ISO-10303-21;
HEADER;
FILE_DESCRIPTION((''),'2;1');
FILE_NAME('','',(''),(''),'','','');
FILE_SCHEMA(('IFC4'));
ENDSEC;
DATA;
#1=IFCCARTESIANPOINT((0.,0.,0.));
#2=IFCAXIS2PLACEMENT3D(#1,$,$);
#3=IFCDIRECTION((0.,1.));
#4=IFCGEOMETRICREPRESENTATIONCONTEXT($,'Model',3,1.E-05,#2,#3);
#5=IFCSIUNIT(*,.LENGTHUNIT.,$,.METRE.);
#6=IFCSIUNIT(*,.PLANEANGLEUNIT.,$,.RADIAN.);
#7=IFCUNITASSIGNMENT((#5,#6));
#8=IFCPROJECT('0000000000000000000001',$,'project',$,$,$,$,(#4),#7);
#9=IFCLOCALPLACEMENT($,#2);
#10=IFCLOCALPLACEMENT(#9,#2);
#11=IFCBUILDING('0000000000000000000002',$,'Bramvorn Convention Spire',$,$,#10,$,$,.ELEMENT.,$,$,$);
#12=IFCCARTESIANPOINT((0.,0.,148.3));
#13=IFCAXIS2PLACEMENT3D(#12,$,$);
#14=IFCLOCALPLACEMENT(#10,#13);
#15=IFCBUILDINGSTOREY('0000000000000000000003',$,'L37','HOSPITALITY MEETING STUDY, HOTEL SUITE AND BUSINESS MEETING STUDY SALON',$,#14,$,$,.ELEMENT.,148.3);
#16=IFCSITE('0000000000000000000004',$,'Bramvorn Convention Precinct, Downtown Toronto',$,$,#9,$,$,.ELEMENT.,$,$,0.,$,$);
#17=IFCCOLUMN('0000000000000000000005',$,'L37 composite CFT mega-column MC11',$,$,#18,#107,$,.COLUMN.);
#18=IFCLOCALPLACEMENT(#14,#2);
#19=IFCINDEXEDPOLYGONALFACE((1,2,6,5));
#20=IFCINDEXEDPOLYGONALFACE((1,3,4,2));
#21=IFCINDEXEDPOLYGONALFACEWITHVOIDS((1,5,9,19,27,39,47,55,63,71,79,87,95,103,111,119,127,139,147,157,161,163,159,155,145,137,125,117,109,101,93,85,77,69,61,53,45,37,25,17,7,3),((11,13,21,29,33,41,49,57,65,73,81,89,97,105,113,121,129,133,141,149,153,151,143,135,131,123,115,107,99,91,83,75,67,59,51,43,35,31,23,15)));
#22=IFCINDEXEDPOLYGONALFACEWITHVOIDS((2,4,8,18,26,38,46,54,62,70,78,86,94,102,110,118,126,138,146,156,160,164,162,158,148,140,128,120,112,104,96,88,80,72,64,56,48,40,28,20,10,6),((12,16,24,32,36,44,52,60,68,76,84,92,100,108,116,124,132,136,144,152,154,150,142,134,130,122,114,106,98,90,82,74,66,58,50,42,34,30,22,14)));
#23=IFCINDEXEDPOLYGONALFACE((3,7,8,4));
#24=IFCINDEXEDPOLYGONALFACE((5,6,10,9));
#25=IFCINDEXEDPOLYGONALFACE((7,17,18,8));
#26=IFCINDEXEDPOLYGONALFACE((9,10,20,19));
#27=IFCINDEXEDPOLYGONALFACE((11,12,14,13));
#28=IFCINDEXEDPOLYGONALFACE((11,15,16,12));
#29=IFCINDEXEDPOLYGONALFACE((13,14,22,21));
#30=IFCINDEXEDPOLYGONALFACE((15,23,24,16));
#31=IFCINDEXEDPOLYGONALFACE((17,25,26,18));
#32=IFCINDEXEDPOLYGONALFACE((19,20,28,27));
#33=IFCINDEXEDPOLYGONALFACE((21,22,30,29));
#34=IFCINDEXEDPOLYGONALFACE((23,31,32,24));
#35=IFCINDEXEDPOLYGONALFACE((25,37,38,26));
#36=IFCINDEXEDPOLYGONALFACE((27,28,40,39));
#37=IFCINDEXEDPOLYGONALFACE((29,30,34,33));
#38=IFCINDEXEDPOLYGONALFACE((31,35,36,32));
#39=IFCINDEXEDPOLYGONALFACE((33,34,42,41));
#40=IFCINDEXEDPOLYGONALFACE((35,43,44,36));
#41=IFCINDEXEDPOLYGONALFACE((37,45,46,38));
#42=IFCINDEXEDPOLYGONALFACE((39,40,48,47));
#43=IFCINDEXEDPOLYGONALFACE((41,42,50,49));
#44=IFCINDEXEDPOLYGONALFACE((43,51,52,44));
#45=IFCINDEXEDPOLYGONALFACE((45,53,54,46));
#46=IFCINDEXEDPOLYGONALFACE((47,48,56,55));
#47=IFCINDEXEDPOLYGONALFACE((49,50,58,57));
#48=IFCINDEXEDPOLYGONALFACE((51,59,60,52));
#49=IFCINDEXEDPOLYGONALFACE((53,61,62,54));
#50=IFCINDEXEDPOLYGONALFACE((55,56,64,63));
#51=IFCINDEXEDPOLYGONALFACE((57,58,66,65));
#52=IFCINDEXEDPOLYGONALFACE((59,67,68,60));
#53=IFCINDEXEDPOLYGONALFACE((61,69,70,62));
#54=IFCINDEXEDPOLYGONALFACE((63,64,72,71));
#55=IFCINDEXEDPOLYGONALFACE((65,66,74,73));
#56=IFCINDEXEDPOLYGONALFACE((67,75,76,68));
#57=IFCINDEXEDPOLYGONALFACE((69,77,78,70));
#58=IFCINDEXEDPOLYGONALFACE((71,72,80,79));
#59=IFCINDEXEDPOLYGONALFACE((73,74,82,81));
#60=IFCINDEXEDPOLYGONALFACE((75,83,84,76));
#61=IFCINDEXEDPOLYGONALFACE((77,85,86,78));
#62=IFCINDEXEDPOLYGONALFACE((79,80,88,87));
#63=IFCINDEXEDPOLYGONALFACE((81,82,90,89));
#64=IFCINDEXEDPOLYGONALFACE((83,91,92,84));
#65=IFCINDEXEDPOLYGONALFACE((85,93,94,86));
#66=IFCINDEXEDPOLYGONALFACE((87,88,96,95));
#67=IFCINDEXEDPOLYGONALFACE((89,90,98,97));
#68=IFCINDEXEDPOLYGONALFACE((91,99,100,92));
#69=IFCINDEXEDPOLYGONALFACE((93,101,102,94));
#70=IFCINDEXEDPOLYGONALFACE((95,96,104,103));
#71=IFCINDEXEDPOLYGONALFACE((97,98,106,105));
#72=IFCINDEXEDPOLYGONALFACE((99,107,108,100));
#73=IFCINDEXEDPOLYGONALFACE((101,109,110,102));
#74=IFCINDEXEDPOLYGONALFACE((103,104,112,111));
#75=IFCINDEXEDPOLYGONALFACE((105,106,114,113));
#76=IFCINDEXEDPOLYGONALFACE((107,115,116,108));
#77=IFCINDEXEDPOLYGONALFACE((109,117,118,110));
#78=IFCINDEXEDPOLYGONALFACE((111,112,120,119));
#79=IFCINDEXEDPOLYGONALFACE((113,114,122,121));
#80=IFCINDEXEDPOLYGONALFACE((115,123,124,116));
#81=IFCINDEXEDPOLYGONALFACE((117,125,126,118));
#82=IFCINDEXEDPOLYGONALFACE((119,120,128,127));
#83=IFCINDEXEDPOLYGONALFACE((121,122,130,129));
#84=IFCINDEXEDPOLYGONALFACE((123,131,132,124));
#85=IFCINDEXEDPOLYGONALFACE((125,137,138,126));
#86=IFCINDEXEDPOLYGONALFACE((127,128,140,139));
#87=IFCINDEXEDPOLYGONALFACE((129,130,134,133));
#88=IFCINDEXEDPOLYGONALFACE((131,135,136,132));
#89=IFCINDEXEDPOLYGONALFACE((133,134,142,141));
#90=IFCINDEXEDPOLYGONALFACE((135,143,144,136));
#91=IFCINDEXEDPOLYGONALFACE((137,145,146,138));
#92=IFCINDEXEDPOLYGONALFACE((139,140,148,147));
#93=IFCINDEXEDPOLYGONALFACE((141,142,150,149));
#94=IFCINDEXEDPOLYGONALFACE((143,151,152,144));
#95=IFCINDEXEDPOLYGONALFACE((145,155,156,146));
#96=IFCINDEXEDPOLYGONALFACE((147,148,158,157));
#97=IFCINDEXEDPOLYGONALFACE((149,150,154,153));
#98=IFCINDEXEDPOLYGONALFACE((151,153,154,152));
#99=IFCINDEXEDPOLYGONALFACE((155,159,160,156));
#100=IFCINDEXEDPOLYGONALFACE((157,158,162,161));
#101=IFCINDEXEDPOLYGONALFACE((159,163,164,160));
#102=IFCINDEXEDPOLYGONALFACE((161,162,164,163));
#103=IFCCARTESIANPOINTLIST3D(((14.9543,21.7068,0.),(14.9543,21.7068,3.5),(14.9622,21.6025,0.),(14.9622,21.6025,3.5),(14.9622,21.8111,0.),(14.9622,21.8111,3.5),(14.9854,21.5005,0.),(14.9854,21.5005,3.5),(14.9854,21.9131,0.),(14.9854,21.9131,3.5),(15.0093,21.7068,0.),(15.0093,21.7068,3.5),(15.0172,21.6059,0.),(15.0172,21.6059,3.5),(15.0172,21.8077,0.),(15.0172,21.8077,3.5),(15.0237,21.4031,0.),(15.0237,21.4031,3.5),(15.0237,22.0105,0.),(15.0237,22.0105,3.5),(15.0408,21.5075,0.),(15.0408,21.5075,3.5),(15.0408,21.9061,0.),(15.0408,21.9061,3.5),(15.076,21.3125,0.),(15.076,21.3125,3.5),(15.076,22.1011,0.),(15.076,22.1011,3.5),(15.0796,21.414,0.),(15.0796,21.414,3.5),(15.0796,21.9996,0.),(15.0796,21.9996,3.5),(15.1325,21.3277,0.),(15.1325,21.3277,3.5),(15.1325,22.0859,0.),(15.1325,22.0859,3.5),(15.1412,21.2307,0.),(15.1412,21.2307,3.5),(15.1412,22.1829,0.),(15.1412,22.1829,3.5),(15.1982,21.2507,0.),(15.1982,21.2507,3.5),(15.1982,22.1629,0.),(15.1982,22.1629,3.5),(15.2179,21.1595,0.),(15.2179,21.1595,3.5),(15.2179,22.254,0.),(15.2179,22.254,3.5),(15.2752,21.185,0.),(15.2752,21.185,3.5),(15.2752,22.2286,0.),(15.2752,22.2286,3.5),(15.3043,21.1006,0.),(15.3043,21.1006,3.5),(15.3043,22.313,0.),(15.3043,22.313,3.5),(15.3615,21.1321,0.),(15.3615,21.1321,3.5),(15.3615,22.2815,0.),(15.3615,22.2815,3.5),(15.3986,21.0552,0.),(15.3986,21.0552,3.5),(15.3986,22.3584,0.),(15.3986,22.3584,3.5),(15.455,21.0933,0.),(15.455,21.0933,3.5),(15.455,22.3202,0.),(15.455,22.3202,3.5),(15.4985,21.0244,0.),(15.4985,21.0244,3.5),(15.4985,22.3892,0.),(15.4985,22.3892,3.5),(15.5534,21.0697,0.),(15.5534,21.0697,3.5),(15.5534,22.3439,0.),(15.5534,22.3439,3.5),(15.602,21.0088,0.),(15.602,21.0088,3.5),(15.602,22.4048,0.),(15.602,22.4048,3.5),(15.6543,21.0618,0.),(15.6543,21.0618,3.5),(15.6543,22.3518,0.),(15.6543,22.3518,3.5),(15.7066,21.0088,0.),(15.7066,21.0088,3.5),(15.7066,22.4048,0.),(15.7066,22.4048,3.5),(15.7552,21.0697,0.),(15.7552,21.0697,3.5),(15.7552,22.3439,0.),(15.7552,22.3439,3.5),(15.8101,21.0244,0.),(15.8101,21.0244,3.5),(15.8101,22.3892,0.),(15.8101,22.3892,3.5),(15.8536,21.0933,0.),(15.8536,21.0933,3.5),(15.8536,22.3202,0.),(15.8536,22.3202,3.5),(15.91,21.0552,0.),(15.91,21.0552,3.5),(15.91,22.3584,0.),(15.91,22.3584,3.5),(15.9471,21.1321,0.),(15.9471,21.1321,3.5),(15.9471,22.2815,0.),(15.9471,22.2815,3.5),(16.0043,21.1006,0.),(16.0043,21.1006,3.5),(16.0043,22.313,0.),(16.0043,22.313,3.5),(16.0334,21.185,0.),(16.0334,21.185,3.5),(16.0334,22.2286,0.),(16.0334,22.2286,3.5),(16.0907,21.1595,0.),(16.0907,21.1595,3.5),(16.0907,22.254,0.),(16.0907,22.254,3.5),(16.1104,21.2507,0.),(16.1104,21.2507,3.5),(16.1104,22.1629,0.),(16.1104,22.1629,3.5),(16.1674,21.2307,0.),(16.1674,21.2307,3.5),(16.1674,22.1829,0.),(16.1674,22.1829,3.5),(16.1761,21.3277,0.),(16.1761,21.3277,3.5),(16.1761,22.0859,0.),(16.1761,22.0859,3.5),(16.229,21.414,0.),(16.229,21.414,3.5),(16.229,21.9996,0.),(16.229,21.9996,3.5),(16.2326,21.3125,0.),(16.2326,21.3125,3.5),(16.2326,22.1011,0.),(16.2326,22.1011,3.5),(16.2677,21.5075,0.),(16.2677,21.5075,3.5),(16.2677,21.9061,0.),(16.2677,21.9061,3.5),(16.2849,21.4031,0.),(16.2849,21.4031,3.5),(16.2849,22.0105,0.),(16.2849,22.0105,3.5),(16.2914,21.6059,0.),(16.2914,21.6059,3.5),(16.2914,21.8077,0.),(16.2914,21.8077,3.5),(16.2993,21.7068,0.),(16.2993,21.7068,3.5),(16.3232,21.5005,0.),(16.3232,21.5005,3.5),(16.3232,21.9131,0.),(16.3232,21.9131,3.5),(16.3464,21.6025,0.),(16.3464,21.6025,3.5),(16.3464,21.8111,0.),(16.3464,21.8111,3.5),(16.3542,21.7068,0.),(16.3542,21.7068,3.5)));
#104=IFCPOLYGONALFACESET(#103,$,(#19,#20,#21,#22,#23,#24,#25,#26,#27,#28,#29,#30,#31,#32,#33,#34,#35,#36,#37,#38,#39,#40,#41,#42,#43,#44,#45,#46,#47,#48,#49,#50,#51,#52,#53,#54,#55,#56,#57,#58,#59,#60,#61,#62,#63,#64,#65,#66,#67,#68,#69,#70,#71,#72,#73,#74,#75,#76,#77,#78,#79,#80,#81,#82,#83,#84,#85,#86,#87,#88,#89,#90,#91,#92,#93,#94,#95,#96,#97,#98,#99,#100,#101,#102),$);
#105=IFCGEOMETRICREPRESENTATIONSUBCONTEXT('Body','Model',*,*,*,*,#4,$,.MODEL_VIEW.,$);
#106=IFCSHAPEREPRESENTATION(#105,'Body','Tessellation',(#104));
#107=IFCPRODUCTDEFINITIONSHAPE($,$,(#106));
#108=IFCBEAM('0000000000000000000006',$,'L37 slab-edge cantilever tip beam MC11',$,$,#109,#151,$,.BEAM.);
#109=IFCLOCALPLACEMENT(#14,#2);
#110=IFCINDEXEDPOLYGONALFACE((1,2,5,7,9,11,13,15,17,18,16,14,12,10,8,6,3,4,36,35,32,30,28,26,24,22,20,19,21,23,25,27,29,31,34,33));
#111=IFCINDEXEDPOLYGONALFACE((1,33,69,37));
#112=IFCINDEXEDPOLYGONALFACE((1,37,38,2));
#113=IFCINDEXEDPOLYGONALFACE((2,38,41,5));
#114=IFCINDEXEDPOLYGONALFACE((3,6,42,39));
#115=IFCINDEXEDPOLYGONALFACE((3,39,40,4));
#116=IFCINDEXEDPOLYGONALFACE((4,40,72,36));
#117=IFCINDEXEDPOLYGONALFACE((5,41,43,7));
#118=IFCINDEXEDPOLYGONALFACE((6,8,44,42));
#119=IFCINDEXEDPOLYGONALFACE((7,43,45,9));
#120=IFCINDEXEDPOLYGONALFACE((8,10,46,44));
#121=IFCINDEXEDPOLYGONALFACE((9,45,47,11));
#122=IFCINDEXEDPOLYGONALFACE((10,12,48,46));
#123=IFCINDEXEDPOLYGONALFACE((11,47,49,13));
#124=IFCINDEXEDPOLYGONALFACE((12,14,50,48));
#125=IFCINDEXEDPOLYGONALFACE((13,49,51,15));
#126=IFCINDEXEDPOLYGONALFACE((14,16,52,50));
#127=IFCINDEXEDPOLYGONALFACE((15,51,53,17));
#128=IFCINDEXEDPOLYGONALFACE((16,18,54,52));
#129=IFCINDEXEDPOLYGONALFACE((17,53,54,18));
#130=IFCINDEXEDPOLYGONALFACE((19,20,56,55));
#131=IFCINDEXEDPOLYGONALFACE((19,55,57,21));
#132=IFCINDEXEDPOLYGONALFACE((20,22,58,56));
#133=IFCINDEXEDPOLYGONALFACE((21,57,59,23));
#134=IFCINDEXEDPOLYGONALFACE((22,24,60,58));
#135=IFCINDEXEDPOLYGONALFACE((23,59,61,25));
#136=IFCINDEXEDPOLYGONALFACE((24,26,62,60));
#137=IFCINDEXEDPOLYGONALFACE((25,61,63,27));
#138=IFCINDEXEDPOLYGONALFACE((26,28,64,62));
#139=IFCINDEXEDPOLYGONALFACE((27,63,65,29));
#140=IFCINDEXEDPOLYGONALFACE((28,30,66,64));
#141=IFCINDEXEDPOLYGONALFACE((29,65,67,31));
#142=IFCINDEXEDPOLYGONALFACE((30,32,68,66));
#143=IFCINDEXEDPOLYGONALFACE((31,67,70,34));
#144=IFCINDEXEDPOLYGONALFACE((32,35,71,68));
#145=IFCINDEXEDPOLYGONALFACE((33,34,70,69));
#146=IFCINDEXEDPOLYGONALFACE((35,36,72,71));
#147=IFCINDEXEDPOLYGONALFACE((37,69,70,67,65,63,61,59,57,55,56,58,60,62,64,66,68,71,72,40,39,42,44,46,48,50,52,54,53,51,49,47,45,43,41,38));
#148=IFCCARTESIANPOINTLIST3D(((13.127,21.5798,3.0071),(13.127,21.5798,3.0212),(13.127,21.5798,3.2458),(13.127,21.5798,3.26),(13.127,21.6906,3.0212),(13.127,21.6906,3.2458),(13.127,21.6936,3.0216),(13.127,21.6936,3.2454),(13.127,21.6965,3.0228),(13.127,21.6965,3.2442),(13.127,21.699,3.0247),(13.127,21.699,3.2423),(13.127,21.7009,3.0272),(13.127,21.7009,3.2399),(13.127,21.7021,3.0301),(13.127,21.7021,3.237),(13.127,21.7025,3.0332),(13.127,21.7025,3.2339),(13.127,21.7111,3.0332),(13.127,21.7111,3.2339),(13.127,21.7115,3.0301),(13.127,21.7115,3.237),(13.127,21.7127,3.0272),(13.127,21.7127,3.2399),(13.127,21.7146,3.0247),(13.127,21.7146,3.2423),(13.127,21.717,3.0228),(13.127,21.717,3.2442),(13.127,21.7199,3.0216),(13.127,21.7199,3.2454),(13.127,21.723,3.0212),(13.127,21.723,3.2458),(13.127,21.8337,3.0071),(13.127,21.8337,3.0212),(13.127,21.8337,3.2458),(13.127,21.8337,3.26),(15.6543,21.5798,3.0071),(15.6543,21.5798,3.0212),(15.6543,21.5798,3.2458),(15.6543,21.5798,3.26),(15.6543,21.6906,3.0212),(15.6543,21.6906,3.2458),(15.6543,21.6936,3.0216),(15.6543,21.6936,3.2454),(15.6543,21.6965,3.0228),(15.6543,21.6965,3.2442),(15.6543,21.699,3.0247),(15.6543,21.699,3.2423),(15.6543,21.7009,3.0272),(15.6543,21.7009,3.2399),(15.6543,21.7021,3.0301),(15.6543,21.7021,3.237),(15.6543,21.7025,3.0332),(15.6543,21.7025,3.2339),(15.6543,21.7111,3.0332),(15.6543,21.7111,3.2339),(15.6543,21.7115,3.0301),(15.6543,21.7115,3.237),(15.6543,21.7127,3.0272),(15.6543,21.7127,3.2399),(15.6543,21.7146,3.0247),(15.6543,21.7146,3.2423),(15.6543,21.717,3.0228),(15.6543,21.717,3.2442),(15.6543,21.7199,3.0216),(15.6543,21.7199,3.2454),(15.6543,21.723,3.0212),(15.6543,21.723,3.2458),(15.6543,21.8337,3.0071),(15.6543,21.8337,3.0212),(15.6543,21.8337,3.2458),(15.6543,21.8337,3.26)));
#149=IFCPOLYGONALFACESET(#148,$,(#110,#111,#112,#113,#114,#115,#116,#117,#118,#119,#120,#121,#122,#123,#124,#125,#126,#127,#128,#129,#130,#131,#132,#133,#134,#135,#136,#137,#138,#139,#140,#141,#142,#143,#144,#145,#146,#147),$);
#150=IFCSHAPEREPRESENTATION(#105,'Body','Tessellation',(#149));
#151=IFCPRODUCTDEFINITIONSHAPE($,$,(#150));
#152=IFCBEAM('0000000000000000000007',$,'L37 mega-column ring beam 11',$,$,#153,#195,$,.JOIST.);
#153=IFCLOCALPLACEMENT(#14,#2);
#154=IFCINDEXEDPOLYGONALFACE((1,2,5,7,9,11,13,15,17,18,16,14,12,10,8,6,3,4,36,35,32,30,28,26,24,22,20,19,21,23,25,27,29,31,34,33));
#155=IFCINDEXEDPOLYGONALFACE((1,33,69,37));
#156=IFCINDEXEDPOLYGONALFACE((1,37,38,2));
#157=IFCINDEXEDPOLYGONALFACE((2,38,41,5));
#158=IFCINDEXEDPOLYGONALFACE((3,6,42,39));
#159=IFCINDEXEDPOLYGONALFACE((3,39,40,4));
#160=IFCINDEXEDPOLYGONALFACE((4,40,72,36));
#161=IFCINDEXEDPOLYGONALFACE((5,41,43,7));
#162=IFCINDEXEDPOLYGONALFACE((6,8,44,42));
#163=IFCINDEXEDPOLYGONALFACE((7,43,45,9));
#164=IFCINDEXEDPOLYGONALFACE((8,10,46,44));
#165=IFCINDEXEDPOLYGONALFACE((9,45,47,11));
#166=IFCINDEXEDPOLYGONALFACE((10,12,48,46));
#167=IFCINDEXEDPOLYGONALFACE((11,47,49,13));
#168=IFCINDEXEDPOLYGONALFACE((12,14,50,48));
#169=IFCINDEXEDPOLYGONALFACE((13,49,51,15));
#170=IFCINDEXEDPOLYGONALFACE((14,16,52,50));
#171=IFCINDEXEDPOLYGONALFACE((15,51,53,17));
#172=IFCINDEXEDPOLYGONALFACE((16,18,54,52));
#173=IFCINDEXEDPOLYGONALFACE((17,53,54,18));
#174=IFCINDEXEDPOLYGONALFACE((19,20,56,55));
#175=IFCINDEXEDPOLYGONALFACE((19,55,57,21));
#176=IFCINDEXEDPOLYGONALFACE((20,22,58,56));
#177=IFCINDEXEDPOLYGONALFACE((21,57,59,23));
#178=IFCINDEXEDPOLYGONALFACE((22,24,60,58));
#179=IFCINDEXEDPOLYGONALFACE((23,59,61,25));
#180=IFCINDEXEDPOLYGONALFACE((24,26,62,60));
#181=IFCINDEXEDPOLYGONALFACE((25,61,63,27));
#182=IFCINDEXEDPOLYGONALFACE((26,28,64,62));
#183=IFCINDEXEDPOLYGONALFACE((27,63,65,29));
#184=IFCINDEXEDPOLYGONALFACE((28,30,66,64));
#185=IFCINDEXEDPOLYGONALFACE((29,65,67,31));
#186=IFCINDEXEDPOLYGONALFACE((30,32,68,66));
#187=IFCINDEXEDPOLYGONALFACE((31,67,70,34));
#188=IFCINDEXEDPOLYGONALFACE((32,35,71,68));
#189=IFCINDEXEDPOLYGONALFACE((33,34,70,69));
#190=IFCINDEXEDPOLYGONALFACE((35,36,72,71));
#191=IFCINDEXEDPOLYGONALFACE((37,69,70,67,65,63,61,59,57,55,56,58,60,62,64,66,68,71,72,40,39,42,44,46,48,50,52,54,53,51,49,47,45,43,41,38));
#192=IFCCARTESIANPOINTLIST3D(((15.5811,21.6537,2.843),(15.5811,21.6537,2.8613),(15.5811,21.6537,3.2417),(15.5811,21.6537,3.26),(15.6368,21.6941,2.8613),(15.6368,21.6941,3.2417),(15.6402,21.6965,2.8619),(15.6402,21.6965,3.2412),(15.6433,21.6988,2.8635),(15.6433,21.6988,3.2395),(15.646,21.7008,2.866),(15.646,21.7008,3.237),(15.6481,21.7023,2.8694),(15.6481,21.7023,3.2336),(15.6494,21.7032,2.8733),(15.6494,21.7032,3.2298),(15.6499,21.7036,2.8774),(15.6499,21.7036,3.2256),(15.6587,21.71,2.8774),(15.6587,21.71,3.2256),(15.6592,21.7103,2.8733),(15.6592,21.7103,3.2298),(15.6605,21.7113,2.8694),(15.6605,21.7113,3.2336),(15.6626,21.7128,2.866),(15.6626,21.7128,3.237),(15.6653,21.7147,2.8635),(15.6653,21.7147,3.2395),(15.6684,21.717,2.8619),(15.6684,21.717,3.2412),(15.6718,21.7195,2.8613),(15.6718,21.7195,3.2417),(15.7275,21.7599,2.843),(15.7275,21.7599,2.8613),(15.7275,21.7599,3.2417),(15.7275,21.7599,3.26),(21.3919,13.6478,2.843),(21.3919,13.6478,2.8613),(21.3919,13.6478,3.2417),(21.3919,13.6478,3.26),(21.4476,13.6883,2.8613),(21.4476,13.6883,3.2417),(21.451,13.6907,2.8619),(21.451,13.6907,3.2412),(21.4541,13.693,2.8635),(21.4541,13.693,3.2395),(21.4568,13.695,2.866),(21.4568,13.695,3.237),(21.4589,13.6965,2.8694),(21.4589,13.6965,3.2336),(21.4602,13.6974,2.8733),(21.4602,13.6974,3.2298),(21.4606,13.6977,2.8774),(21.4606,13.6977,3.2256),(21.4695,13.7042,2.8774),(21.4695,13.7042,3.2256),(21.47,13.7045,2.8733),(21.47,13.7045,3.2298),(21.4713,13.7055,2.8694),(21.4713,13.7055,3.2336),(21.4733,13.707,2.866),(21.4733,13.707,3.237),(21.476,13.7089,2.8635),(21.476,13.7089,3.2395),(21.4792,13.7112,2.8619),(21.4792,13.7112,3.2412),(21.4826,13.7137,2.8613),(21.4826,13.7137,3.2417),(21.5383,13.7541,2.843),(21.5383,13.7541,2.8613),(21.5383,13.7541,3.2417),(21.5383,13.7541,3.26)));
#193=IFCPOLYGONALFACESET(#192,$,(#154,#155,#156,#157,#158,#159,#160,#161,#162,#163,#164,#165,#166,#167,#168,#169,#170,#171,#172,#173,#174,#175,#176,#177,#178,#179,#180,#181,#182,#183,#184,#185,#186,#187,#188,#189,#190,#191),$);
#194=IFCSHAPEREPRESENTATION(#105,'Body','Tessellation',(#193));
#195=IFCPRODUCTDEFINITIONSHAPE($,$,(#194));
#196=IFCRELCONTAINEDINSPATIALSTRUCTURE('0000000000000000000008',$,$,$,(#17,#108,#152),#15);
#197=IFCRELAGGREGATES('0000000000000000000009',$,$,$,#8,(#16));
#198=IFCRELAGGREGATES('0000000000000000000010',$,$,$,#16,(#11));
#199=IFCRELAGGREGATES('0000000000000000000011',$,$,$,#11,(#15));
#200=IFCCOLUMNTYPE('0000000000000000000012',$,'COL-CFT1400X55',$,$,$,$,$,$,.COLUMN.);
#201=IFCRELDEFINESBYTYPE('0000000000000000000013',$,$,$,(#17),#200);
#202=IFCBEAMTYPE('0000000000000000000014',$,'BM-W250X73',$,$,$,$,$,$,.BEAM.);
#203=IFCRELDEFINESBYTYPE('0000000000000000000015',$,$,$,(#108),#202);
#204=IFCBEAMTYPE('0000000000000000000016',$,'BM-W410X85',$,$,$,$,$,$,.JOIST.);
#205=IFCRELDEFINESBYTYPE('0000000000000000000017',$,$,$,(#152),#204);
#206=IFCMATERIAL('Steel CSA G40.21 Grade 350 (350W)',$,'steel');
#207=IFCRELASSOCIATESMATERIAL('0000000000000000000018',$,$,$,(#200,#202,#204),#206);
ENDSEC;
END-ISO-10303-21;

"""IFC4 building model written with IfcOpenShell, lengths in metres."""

from ifc_helpers import new_model, si_unit, direction, frame, origin, origin_2d, place, context, subcontext, project, spatial, hollow_circle, i_section, extrude, material, material_profile, profile_set, type_object, element, save


model = new_model("IFC4")

# Units and contexts
model_context = context("Model", 3, precision=1e-05, world=origin(), true_north=direction((0.0, 1.0)))
body_context = subcontext(model_context, "Body", "Model", "MODEL_VIEW")
ifc_project = project(units=[si_unit("LENGTHUNIT", "METRE"), si_unit("PLANEANGLEUNIT", "RADIAN")], contexts=[model_context])

# Site, building, storey
site_placement = place(None, origin())
site = spatial("IfcSite", under=ifc_project, at=site_placement, Name="Bramvorn Convention Precinct, Downtown Toronto", CompositionType="ELEMENT", RefElevation=0.0)
building_placement = place(site_placement, origin())
building = spatial("IfcBuilding", under=site, at=building_placement, Name="Bramvorn Convention Spire", CompositionType="ELEMENT")
storey_placement = place(building_placement, frame((0.0, 0.0, 148.3)))
storey = spatial("IfcBuildingStorey", under=building, at=storey_placement, Name="L37", Description="HOSPITALITY MEETING STUDY, HOTEL SUITE AND BUSINESS MEETING STUDY SALON", CompositionType="ELEMENT", Elevation=148.3)

# Column
ifc_material_1 = material(Name="Steel CSA G40.21 Grade 350 (350W)", Category="steel")
ifc_material_profile_1 = material_profile(ifc_material_1, hollow_circle(Radius=0.7, WallThickness=0.0549, at=origin_2d()))
ifc_profile_set_1 = profile_set([ifc_material_profile_1], Name="Steel CSA G40.21 Grade 350 (350W) - CFT1400X55")
column_type = type_object("IfcColumnType", Name="COL-CFT1400X55", PredefinedType="COLUMN", material=ifc_profile_set_1)
column_placement = place(storey_placement, frame((15.6543, 21.7068, 0.0), z_axis=(0.0, 0.0, 1.0), x_axis=(1.0, 0.0, 0.0)))
element("IfcColumn", 1, at=column_placement, inside=storey, type_object=column_type, Name="L37 composite CFT mega-column MC11", PredefinedType="COLUMN", context=body_context, shape_type="SweptSolid", body=[
    extrude(hollow_circle(Radius=0.7, WallThickness=0.0549, at=origin_2d()), origin(), (0.0, 0.0, 1.0), 3.5),
])

# Beams
ifc_material_profile_2 = material_profile(ifc_material_1, i_section(OverallWidth=0.2539, OverallDepth=0.2529, WebThickness=0.0085, FlangeThickness=0.0142, FilletRadius=0.012, at=origin_2d()))
ifc_profile_set_2 = profile_set([ifc_material_profile_2], Name="Steel CSA G40.21 Grade 350 (350W) - W250X73")
beam_type_1 = type_object("IfcBeamType", Name="BM-W250X73", PredefinedType="BEAM", material=ifc_profile_set_2)
beam_1_placement = place(storey_placement, frame((15.6543, 21.7068, 3.1335), z_axis=(-1.0, 0.0, 0.0), x_axis=(0.0, -1.0, 0.0)))
element("IfcBeam", 2, at=beam_1_placement, inside=storey, type_object=beam_type_1, Name="L37 slab-edge cantilever tip beam MC11", PredefinedType="BEAM", context=body_context, shape_type="SweptSolid", body=[
    extrude(i_section(OverallWidth=0.2539, OverallDepth=0.2529, WebThickness=0.0085, FlangeThickness=0.0142, FilletRadius=0.012, at=origin_2d()), origin(), (0.0, 0.0, 1.0), 2.5273),
])
ifc_material_profile_3 = material_profile(ifc_material_1, i_section(OverallWidth=0.1809, OverallDepth=0.417, WebThickness=0.011, FlangeThickness=0.0183, FilletRadius=0.0161, at=origin_2d()))
ifc_profile_set_3 = profile_set([ifc_material_profile_3], Name="Steel CSA G40.21 Grade 350 (350W) - W410X85")
beam_type_2 = type_object("IfcBeamType", Name="BM-W410X85", PredefinedType="JOIST", material=ifc_profile_set_3)
beam_2_placement = place(storey_placement, frame((15.6543, 21.7068, 3.0515), z_axis=(0.587401, -0.809296, 0.0), x_axis=(0.809296, 0.587401, 0.0)))
element("IfcBeam", 3, at=beam_2_placement, inside=storey, type_object=beam_type_2, Name="L37 mega-column ring beam 11", PredefinedType="JOIST", context=body_context, shape_type="SweptSolid", body=[
    extrude(i_section(OverallWidth=0.1809, OverallDepth=0.417, WebThickness=0.011, FlangeThickness=0.0183, FilletRadius=0.0161, at=origin_2d()), origin(), (0.0, 0.0, 1.0), 9.8923),
])

save(model, "model.ifc")
